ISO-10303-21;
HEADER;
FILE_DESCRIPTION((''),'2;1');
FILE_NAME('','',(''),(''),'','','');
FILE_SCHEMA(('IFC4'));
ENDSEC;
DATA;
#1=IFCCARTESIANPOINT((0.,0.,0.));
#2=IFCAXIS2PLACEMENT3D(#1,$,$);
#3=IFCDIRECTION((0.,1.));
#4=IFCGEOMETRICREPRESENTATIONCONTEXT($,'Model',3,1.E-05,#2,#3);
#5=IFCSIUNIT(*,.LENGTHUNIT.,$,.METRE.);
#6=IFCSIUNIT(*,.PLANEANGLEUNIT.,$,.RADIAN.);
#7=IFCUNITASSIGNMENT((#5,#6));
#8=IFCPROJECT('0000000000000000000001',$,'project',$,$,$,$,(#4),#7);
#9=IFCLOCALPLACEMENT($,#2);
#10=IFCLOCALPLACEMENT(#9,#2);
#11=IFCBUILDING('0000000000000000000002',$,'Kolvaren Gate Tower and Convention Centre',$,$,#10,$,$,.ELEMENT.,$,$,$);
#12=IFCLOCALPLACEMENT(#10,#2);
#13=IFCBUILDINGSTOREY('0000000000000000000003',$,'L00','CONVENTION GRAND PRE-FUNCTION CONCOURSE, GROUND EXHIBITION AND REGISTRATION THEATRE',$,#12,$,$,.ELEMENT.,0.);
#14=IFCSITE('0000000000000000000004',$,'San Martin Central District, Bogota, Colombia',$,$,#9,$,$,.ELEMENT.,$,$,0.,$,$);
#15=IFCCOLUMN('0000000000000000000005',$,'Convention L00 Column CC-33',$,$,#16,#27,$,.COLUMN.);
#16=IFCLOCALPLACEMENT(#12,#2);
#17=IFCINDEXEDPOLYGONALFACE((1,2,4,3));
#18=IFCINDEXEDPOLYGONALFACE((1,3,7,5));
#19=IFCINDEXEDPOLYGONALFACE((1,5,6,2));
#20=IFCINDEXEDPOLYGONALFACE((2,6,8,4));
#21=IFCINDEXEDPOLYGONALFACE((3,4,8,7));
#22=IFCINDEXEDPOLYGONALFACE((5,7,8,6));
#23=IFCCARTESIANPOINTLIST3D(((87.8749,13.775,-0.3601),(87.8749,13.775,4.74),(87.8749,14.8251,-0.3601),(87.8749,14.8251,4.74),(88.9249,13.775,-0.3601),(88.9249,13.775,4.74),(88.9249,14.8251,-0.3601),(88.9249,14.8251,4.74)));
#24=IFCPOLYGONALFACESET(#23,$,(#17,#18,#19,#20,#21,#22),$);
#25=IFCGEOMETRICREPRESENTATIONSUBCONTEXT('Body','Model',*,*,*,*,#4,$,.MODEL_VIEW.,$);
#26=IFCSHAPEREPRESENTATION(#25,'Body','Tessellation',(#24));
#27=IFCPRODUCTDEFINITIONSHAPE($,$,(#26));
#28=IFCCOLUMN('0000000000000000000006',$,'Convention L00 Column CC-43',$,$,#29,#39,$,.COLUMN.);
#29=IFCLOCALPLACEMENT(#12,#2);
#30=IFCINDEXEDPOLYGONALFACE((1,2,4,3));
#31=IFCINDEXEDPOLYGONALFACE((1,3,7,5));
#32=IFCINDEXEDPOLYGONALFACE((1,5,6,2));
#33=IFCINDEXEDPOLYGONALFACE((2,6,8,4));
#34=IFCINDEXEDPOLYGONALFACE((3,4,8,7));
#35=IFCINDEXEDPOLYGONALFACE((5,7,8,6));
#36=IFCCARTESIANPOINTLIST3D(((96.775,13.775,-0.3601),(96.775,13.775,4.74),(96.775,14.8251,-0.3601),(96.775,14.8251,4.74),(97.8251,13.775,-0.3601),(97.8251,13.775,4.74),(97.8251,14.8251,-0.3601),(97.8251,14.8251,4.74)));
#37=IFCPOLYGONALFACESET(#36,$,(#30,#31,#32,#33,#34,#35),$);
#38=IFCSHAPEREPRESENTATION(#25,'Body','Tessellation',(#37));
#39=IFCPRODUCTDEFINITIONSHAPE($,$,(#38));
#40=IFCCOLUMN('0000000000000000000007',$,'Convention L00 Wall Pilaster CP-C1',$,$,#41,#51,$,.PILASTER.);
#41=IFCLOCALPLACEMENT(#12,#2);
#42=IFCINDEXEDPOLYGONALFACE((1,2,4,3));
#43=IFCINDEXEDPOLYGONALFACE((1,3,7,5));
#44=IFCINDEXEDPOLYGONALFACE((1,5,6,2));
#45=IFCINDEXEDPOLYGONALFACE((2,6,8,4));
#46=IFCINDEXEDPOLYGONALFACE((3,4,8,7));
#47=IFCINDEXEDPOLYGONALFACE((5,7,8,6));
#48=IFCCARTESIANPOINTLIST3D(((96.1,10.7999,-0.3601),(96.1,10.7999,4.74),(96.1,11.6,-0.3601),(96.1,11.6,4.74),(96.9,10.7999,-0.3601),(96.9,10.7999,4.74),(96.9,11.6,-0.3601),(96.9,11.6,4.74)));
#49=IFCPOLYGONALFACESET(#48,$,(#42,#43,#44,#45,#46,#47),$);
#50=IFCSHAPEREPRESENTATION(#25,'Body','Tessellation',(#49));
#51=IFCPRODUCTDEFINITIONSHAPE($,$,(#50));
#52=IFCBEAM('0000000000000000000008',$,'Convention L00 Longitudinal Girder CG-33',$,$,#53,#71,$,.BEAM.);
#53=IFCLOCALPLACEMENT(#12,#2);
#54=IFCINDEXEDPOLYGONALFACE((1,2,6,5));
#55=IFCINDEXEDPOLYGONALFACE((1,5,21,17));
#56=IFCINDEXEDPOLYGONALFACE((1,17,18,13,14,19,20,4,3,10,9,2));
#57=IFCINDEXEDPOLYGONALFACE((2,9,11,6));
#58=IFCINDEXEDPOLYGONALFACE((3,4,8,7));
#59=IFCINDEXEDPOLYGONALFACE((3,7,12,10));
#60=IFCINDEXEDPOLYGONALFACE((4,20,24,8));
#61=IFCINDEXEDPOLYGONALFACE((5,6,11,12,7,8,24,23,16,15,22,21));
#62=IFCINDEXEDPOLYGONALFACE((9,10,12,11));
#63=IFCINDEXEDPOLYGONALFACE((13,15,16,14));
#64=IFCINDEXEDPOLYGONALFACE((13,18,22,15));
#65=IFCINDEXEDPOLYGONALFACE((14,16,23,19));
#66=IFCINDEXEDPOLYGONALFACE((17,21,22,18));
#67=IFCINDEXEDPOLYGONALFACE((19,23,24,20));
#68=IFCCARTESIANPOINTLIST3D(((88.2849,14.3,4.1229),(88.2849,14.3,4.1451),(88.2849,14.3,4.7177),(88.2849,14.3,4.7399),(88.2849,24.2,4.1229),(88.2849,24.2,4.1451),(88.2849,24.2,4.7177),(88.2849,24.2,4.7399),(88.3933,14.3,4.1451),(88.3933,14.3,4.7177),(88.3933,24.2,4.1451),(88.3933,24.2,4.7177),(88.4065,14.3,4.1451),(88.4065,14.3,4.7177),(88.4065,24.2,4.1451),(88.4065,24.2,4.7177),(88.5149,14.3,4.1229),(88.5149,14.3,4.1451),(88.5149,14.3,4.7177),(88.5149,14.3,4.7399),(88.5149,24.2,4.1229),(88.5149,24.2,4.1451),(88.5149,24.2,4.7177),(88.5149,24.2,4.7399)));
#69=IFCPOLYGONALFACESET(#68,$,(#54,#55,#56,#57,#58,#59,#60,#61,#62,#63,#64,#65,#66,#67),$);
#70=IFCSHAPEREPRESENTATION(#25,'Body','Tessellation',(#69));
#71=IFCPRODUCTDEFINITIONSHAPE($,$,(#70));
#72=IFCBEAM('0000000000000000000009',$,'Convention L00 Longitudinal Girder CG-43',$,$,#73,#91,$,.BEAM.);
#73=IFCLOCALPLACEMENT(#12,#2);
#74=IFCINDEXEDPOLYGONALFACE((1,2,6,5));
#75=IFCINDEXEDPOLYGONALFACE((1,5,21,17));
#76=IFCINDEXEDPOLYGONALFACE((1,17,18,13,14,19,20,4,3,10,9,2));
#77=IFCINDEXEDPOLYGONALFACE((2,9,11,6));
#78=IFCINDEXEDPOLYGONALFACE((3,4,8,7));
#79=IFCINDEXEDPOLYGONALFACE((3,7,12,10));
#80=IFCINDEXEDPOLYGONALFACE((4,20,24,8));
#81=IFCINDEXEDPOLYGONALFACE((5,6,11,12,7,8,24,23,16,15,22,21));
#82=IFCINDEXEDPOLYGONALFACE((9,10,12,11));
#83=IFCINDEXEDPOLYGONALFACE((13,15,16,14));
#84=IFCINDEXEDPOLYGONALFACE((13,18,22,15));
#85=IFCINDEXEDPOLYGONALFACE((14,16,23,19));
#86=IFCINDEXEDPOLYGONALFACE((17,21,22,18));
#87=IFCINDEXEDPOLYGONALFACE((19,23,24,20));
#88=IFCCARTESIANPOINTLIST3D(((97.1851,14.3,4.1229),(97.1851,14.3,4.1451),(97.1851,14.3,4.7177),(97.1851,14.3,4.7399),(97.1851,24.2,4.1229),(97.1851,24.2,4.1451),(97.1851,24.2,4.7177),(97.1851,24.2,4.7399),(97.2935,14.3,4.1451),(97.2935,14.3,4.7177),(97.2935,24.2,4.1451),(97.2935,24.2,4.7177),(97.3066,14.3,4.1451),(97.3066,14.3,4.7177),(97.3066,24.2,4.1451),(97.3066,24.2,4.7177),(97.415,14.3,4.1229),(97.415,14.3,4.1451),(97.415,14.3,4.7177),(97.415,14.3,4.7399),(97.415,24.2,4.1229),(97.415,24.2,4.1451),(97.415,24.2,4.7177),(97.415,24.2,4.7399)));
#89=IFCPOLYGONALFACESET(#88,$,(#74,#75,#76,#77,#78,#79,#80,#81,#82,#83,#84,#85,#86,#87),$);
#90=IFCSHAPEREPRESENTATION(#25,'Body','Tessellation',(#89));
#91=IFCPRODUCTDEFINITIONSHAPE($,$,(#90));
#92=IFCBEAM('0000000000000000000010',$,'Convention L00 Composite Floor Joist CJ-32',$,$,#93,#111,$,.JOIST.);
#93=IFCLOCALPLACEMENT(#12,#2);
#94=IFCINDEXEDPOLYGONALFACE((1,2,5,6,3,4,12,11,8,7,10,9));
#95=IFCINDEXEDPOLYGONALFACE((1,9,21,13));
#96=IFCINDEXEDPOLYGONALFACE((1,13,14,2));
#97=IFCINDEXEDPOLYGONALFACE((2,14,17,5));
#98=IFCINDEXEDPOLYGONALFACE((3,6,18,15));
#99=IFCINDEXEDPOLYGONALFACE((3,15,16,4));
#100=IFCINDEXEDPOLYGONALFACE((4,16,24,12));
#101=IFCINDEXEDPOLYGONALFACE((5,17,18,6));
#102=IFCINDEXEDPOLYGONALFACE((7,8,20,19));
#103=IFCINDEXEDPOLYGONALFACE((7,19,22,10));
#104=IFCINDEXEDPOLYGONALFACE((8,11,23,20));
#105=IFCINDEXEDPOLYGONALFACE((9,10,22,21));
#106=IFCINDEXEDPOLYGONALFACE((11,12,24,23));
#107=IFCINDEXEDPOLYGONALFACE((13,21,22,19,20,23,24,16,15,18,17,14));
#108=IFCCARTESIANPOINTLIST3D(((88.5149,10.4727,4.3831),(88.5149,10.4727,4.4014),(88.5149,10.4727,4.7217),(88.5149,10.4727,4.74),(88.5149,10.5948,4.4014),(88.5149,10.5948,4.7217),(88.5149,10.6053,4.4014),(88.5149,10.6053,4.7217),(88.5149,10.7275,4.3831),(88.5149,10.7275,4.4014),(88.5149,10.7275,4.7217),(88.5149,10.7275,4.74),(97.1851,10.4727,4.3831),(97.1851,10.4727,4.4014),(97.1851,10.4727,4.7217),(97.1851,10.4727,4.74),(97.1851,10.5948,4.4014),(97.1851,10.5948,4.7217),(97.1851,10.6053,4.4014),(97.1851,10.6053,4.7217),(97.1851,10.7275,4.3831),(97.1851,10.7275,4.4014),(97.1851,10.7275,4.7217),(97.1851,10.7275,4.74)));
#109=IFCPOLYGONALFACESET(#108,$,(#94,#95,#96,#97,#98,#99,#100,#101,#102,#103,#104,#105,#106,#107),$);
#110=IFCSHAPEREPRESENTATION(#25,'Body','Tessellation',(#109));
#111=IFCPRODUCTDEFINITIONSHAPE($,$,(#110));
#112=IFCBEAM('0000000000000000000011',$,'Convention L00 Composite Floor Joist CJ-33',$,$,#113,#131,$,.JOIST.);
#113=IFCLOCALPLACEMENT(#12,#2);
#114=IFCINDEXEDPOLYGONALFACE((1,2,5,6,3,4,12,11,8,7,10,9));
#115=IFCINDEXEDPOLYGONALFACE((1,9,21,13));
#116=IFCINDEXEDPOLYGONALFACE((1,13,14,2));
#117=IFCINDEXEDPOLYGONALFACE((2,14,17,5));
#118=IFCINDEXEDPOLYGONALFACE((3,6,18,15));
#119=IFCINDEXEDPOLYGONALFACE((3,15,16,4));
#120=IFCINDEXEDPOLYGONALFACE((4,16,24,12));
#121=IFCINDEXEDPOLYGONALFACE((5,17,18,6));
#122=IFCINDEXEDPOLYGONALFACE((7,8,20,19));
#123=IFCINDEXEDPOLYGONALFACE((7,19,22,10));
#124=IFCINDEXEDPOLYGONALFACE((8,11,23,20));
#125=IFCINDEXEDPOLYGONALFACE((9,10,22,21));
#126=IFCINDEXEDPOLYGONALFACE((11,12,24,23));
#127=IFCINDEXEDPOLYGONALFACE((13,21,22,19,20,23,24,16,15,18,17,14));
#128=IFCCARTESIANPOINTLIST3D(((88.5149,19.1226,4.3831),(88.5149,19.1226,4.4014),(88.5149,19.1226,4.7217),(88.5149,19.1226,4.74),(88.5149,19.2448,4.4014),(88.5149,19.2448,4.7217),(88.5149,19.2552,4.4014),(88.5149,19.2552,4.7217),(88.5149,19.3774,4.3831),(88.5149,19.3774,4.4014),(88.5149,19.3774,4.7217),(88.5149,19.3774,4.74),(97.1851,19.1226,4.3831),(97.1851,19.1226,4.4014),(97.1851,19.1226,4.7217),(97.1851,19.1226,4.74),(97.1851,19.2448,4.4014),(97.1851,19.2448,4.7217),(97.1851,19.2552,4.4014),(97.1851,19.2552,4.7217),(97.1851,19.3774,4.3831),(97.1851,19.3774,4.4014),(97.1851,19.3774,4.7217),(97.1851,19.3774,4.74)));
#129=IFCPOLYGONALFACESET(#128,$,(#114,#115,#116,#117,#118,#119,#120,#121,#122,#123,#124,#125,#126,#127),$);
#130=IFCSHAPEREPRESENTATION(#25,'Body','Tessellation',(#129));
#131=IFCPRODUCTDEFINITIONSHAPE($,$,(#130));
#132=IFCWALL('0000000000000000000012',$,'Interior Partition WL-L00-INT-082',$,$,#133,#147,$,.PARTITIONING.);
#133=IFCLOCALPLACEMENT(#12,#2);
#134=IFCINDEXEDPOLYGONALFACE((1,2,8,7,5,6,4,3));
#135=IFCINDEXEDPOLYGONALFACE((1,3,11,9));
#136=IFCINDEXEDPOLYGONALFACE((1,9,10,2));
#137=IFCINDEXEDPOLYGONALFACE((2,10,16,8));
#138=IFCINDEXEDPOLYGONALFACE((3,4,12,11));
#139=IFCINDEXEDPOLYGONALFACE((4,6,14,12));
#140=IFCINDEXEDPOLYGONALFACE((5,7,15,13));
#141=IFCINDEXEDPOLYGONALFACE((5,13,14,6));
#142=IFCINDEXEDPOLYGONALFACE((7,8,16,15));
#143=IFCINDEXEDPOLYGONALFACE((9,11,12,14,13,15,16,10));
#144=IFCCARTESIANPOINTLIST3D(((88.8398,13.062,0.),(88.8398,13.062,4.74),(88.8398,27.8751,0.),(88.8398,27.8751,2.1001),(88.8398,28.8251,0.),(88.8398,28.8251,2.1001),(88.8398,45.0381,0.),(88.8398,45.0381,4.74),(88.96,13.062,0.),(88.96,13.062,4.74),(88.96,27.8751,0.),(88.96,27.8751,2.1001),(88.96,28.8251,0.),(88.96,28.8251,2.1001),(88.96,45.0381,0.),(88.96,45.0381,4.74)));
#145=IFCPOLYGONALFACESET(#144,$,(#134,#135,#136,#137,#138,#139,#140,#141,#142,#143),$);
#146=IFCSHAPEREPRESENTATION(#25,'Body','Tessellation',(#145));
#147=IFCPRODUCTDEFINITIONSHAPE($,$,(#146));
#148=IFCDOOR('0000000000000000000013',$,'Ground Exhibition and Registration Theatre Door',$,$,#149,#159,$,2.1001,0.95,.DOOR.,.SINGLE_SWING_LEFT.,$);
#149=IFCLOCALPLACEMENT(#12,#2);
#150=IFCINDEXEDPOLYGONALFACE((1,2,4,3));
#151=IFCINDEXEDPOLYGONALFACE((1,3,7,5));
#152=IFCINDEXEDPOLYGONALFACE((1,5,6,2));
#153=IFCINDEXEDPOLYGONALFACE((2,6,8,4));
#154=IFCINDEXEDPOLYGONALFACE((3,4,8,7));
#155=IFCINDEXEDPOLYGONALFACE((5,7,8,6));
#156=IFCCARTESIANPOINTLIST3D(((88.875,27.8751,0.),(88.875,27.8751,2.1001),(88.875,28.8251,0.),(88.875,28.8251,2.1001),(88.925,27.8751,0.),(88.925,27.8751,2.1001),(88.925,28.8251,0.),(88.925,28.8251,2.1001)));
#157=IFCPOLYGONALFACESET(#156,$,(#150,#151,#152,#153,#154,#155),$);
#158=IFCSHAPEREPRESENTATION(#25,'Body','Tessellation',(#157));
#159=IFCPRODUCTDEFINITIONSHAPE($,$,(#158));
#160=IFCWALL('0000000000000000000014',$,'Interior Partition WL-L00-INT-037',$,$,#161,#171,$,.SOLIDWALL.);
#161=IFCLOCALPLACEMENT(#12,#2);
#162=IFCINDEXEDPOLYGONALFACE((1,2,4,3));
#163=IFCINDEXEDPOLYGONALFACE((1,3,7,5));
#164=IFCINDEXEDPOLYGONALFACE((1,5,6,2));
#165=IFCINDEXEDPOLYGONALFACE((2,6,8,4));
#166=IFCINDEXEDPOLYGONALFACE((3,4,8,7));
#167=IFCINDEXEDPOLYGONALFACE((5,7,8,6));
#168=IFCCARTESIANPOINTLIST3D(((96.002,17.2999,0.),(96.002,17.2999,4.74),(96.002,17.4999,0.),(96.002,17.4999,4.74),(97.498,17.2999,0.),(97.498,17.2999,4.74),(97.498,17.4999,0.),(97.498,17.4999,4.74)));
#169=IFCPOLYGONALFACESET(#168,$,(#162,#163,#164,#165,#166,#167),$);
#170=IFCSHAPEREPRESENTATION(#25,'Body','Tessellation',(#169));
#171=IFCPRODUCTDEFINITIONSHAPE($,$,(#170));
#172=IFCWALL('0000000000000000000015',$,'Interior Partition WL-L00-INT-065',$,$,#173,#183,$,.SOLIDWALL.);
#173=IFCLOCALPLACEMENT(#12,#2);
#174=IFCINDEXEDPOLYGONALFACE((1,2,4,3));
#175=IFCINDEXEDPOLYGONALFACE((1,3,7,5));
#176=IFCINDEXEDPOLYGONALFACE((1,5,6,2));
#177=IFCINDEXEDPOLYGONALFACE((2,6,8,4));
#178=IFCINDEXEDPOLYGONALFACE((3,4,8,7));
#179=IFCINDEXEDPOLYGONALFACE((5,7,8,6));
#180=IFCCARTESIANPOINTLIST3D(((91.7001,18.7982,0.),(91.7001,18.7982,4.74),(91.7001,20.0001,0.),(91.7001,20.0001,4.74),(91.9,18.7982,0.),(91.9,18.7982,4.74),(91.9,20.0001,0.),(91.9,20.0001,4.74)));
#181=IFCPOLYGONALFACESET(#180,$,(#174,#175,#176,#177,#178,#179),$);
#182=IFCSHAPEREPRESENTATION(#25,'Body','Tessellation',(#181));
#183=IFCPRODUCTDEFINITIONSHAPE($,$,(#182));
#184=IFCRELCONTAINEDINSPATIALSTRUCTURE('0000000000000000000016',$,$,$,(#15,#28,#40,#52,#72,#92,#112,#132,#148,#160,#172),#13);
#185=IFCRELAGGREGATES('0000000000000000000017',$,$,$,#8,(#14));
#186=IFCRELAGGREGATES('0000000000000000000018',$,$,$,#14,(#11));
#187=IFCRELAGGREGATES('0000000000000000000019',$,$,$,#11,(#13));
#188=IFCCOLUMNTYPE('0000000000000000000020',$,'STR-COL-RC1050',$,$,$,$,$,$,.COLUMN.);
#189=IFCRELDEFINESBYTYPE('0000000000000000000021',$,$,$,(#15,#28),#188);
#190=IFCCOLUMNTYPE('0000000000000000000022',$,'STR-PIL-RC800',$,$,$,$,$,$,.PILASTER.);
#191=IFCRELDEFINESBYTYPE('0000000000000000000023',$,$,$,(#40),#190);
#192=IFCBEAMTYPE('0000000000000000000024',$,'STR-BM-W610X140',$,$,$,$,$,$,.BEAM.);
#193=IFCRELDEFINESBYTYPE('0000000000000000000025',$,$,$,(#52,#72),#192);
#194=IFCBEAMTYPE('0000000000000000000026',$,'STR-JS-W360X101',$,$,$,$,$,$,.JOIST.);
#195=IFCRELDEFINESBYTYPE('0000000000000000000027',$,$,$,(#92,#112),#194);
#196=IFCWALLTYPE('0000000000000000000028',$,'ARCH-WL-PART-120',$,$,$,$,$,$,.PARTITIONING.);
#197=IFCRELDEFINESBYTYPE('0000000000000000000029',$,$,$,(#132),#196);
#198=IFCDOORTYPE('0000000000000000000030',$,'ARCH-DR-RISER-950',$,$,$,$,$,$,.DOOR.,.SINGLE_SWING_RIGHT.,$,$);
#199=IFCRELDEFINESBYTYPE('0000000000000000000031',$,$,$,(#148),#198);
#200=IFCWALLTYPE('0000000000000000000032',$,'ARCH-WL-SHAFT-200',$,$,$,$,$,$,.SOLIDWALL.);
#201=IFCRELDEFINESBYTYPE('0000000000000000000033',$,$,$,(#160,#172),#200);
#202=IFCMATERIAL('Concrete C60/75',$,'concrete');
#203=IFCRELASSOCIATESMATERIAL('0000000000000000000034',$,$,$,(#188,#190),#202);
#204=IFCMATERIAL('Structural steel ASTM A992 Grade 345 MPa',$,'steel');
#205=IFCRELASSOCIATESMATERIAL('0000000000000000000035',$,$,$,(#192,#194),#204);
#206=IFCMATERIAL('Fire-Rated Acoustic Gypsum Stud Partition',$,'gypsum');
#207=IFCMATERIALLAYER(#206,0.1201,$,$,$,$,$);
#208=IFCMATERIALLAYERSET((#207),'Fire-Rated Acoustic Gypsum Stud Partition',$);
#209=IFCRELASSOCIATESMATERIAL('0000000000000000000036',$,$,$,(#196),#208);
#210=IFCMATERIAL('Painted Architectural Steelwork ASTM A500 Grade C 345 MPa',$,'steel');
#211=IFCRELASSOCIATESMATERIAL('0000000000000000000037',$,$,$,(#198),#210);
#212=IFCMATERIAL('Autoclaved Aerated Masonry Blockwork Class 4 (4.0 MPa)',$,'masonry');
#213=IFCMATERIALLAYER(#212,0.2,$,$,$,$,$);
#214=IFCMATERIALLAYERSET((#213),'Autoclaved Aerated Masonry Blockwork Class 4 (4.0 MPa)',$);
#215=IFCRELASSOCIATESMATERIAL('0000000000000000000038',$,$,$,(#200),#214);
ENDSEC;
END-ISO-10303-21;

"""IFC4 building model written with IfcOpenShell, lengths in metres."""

from ifc_helpers import new_model, si_unit, direction, frame, frame_2d, origin, origin_2d, place, context, subcontext, project, spatial, rectangle, i_section, extrude, material, layer, layer_set, material_profile, profile_set, type_object, element, fill, save


model = new_model("IFC4")

# Units and contexts
model_context = context("Model", 3, precision=1e-05, world=origin(), true_north=direction((0.0, 1.0)))
body_context = subcontext(model_context, "Body", "Model", "MODEL_VIEW")
ifc_project = project(units=[si_unit("LENGTHUNIT", "METRE"), si_unit("PLANEANGLEUNIT", "RADIAN")], contexts=[model_context])

# Site, building, storey
site_placement = place(None, origin())
site = spatial("IfcSite", under=ifc_project, at=site_placement, Name="San Martin Central District, Bogota, Colombia", CompositionType="ELEMENT", RefElevation=0.0)
building_placement = place(site_placement, origin())
building = spatial("IfcBuilding", under=site, at=building_placement, Name="Kolvaren Gate Tower and Convention Centre", CompositionType="ELEMENT")
storey_placement = place(building_placement, origin())
storey = spatial("IfcBuildingStorey", under=building, at=storey_placement, Name="L00", Description="CONVENTION GRAND PRE-FUNCTION CONCOURSE, GROUND EXHIBITION AND REGISTRATION THEATRE", CompositionType="ELEMENT", Elevation=0.0)

# Columns
ifc_material_1 = material(Name="Concrete C60/75", Category="concrete")
ifc_material_profile_1 = material_profile(ifc_material_1, rectangle(XDim=1.05, YDim=1.05, at=origin_2d()), Name="RC-COL-1050X1050")
ifc_profile_set_1 = profile_set([ifc_material_profile_1], Name="Concrete C60/75")
column_type_1 = type_object("IfcColumnType", Name="STR-COL-RC1050", PredefinedType="COLUMN", material=ifc_profile_set_1)
for number, where, z_axis, x_axis, name in (
    (1, (88.3999, 14.3, -0.3601), (0.0, 0.0, 1.0), (1.0, 0.0, 0.0), "Convention L00 Column CC-33"),
    (2, (97.3, 14.3, -0.3601), (0.0, 0.0, 1.0), (1.0, 0.0, 0.0), "Convention L00 Column CC-43"),
):
    element("IfcColumn", number, at=place(storey_placement, frame(where, z_axis=z_axis, x_axis=x_axis)), inside=storey, type_object=column_type_1, Name=name, PredefinedType="COLUMN", context=body_context, shape_type="SweptSolid", body=[
        extrude(rectangle(XDim=1.05, YDim=1.05, at=origin_2d()), origin(), (0.0, 0.0, 1.0), 5.1001),
    ])
ifc_material_profile_2 = material_profile(ifc_material_1, rectangle(XDim=0.8, YDim=0.8, at=origin_2d()), Name="RC-COL-800X800")
ifc_profile_set_2 = profile_set([ifc_material_profile_2], Name="Concrete C60/75")
column_type_2 = type_object("IfcColumnType", Name="STR-PIL-RC800", PredefinedType="PILASTER", material=ifc_profile_set_2)
column_placement = place(storey_placement, frame((96.5, 11.2, -0.3601), z_axis=(0.0, 0.0, 1.0), x_axis=(1.0, 0.0, 0.0)))
element("IfcColumn", 3, at=column_placement, inside=storey, type_object=column_type_2, Name="Convention L00 Wall Pilaster CP-C1", PredefinedType="PILASTER", context=body_context, shape_type="SweptSolid", body=[
    extrude(rectangle(XDim=0.8, YDim=0.8, at=origin_2d()), origin(), (0.0, 0.0, 1.0), 5.1001),
])

# Beams
ifc_material_2 = material(Name="Structural steel ASTM A992 Grade 345 MPa", Category="steel")
ifc_material_profile_3 = material_profile(ifc_material_2, i_section(OverallWidth=0.23, OverallDepth=0.6169, WebThickness=0.0132, FlangeThickness=0.0222, at=origin_2d()), Name="W610X140")
ifc_profile_set_3 = profile_set([ifc_material_profile_3], Name="Structural steel ASTM A992 Grade 345 MPa")
beam_type_1 = type_object("IfcBeamType", Name="STR-BM-W610X140", PredefinedType="BEAM", material=ifc_profile_set_3)
for number, where, z_axis, x_axis, name in (
    (4, (88.3999, 14.3, 4.4314), (0.0, 1.0, 0.0), (-1.0, 0.0, 0.0), "Convention L00 Longitudinal Girder CG-33"),
    (5, (97.3, 14.3, 4.4314), (0.0, 1.0, 0.0), (-1.0, 0.0, 0.0), "Convention L00 Longitudinal Girder CG-43"),
):
    element("IfcBeam", number, at=place(storey_placement, frame(where, z_axis=z_axis, x_axis=x_axis)), inside=storey, type_object=beam_type_1, Name=name, PredefinedType="BEAM", context=body_context, shape_type="SweptSolid", body=[
        extrude(i_section(OverallWidth=0.23, OverallDepth=0.6169, WebThickness=0.0132, FlangeThickness=0.0222, at=origin_2d()), origin(), (0.0, 0.0, 1.0), 9.8999),
    ])
ifc_material_profile_4 = material_profile(ifc_material_2, i_section(OverallWidth=0.2549, OverallDepth=0.3569, WebThickness=0.0105, FlangeThickness=0.0183, at=origin_2d()), Name="W360X101")
ifc_profile_set_4 = profile_set([ifc_material_profile_4], Name="Structural steel ASTM A992 Grade 345 MPa")
beam_type_2 = type_object("IfcBeamType", Name="STR-JS-W360X101", PredefinedType="JOIST", material=ifc_profile_set_4)
for number, where, z_axis, x_axis, name in (
    (6, (88.5149, 10.6001, 4.5615), (1.0, 0.0, 0.0), (0.0, 1.0, 0.0), "Convention L00 Composite Floor Joist CJ-32"),
    (7, (88.5149, 19.25, 4.5615), (1.0, 0.0, 0.0), (0.0, 1.0, 0.0), "Convention L00 Composite Floor Joist CJ-33"),
):
    element("IfcBeam", number, at=place(storey_placement, frame(where, z_axis=z_axis, x_axis=x_axis)), inside=storey, type_object=beam_type_2, Name=name, PredefinedType="JOIST", context=body_context, shape_type="SweptSolid", body=[
        extrude(i_section(OverallWidth=0.2549, OverallDepth=0.3569, WebThickness=0.0105, FlangeThickness=0.0183, at=origin_2d()), origin(), (0.0, 0.0, 1.0), 8.6702),
    ])

# Wall, opening, door
ifc_material_3 = material(Name="Fire-Rated Acoustic Gypsum Stud Partition", Category="gypsum")
ifc_layer_1 = layer(ifc_material_3, 0.1201)
ifc_layer_set_1 = layer_set([ifc_layer_1], Name="Fire-Rated Acoustic Gypsum Stud Partition")
wall_type_1 = type_object("IfcWallType", Name="ARCH-WL-PART-120", PredefinedType="PARTITIONING", material=ifc_layer_set_1)
wall_1_placement = place(storey_placement, frame((88.8999, 13.062, 0.0), z_axis=(0.0, 0.0, 1.0), x_axis=(0.0, 1.0, 0.0)))
wall_1 = element("IfcWall", 8, at=wall_1_placement, inside=storey, type_object=wall_type_1, Name="Interior Partition WL-L00-INT-082", PredefinedType="PARTITIONING", context=body_context, shape_type="SweptSolid", body=[
    extrude(rectangle(XDim=31.9761, YDim=0.1201, at=frame_2d((15.988, 0.0))), origin(), (0.0, 0.0, 1.0), 4.74),
])
opening_1_placement = place(wall_1_placement, frame((14.813, 0.0, 0.0)))
opening_1 = element("IfcOpeningElement", 9, at=opening_1_placement, cuts=wall_1, PredefinedType="OPENING", context=body_context, shape_type="SweptSolid", body=[
    extrude(rectangle(XDim=0.95, YDim=2.1001, at=frame_2d((0.4751, 1.05))), frame((0.0, 0.0701, 0.0), z_axis=(0.0, -1.0, 0.0), x_axis=(1.0, 0.0, 0.0)), (0.0, 0.0, 1.0), 0.1401),
])
ifc_material_4 = material(Name="Painted Architectural Steelwork ASTM A500 Grade C 345 MPa", Category="steel")
door_type_1 = type_object("IfcDoorType", Name="ARCH-DR-RISER-950", OperationType="SINGLE_SWING_RIGHT", PredefinedType="DOOR", material=ifc_material_4)
door_1_placement = place(opening_1_placement, origin())
door_1 = element("IfcDoor", 10, at=door_1_placement, inside=storey, type_object=door_type_1, Name="Ground Exhibition and Registration Theatre Door", OperationType="SINGLE_SWING_LEFT", OverallHeight=2.1001, OverallWidth=0.95, PredefinedType="DOOR", context=body_context, shape_type="SweptSolid", body=[
    extrude(rectangle(XDim=0.95, YDim=2.1001, at=frame_2d((0.4751, 1.05))), frame((0.0, 0.0249, 0.0), z_axis=(0.0, -1.0, 0.0), x_axis=(1.0, 0.0, 0.0)), (0.0, 0.0, 1.0), 0.05),
])
fill(opening_1, door_1)

# Walls
ifc_material_5 = material(Name="Autoclaved Aerated Masonry Blockwork Class 4 (4.0 MPa)", Category="masonry")
ifc_layer_2 = layer(ifc_material_5, 0.2)
ifc_layer_set_2 = layer_set([ifc_layer_2], Name="Autoclaved Aerated Masonry Blockwork Class 4 (4.0 MPa)")
wall_type_2 = type_object("IfcWallType", Name="ARCH-WL-SHAFT-200", PredefinedType="SOLIDWALL", material=ifc_layer_set_2)
wall_2_placement = place(storey_placement, frame((96.002, 17.3999, 0.0), z_axis=(0.0, 0.0, 1.0), x_axis=(1.0, 0.0, 0.0)))
element("IfcWall", 11, at=wall_2_placement, inside=storey, type_object=wall_type_2, Name="Interior Partition WL-L00-INT-037", PredefinedType="SOLIDWALL", context=body_context, shape_type="SweptSolid", body=[
    extrude(rectangle(XDim=1.4961, YDim=0.2, at=frame_2d((0.748, 0.0))), origin(), (0.0, 0.0, 1.0), 4.74),
])
wall_3_placement = place(storey_placement, frame((91.8, 18.7981, 0.0), z_axis=(0.0, 0.0, 1.0), x_axis=(0.0, 1.0, 0.0)))
element("IfcWall", 12, at=wall_3_placement, inside=storey, type_object=wall_type_2, Name="Interior Partition WL-L00-INT-065", PredefinedType="SOLIDWALL", context=body_context, shape_type="SweptSolid", body=[
    extrude(rectangle(XDim=1.2019, YDim=0.2, at=frame_2d((0.6011, 0.0))), origin(), (0.0, 0.0, 1.0), 4.74),
])

save(model, "model.ifc")
